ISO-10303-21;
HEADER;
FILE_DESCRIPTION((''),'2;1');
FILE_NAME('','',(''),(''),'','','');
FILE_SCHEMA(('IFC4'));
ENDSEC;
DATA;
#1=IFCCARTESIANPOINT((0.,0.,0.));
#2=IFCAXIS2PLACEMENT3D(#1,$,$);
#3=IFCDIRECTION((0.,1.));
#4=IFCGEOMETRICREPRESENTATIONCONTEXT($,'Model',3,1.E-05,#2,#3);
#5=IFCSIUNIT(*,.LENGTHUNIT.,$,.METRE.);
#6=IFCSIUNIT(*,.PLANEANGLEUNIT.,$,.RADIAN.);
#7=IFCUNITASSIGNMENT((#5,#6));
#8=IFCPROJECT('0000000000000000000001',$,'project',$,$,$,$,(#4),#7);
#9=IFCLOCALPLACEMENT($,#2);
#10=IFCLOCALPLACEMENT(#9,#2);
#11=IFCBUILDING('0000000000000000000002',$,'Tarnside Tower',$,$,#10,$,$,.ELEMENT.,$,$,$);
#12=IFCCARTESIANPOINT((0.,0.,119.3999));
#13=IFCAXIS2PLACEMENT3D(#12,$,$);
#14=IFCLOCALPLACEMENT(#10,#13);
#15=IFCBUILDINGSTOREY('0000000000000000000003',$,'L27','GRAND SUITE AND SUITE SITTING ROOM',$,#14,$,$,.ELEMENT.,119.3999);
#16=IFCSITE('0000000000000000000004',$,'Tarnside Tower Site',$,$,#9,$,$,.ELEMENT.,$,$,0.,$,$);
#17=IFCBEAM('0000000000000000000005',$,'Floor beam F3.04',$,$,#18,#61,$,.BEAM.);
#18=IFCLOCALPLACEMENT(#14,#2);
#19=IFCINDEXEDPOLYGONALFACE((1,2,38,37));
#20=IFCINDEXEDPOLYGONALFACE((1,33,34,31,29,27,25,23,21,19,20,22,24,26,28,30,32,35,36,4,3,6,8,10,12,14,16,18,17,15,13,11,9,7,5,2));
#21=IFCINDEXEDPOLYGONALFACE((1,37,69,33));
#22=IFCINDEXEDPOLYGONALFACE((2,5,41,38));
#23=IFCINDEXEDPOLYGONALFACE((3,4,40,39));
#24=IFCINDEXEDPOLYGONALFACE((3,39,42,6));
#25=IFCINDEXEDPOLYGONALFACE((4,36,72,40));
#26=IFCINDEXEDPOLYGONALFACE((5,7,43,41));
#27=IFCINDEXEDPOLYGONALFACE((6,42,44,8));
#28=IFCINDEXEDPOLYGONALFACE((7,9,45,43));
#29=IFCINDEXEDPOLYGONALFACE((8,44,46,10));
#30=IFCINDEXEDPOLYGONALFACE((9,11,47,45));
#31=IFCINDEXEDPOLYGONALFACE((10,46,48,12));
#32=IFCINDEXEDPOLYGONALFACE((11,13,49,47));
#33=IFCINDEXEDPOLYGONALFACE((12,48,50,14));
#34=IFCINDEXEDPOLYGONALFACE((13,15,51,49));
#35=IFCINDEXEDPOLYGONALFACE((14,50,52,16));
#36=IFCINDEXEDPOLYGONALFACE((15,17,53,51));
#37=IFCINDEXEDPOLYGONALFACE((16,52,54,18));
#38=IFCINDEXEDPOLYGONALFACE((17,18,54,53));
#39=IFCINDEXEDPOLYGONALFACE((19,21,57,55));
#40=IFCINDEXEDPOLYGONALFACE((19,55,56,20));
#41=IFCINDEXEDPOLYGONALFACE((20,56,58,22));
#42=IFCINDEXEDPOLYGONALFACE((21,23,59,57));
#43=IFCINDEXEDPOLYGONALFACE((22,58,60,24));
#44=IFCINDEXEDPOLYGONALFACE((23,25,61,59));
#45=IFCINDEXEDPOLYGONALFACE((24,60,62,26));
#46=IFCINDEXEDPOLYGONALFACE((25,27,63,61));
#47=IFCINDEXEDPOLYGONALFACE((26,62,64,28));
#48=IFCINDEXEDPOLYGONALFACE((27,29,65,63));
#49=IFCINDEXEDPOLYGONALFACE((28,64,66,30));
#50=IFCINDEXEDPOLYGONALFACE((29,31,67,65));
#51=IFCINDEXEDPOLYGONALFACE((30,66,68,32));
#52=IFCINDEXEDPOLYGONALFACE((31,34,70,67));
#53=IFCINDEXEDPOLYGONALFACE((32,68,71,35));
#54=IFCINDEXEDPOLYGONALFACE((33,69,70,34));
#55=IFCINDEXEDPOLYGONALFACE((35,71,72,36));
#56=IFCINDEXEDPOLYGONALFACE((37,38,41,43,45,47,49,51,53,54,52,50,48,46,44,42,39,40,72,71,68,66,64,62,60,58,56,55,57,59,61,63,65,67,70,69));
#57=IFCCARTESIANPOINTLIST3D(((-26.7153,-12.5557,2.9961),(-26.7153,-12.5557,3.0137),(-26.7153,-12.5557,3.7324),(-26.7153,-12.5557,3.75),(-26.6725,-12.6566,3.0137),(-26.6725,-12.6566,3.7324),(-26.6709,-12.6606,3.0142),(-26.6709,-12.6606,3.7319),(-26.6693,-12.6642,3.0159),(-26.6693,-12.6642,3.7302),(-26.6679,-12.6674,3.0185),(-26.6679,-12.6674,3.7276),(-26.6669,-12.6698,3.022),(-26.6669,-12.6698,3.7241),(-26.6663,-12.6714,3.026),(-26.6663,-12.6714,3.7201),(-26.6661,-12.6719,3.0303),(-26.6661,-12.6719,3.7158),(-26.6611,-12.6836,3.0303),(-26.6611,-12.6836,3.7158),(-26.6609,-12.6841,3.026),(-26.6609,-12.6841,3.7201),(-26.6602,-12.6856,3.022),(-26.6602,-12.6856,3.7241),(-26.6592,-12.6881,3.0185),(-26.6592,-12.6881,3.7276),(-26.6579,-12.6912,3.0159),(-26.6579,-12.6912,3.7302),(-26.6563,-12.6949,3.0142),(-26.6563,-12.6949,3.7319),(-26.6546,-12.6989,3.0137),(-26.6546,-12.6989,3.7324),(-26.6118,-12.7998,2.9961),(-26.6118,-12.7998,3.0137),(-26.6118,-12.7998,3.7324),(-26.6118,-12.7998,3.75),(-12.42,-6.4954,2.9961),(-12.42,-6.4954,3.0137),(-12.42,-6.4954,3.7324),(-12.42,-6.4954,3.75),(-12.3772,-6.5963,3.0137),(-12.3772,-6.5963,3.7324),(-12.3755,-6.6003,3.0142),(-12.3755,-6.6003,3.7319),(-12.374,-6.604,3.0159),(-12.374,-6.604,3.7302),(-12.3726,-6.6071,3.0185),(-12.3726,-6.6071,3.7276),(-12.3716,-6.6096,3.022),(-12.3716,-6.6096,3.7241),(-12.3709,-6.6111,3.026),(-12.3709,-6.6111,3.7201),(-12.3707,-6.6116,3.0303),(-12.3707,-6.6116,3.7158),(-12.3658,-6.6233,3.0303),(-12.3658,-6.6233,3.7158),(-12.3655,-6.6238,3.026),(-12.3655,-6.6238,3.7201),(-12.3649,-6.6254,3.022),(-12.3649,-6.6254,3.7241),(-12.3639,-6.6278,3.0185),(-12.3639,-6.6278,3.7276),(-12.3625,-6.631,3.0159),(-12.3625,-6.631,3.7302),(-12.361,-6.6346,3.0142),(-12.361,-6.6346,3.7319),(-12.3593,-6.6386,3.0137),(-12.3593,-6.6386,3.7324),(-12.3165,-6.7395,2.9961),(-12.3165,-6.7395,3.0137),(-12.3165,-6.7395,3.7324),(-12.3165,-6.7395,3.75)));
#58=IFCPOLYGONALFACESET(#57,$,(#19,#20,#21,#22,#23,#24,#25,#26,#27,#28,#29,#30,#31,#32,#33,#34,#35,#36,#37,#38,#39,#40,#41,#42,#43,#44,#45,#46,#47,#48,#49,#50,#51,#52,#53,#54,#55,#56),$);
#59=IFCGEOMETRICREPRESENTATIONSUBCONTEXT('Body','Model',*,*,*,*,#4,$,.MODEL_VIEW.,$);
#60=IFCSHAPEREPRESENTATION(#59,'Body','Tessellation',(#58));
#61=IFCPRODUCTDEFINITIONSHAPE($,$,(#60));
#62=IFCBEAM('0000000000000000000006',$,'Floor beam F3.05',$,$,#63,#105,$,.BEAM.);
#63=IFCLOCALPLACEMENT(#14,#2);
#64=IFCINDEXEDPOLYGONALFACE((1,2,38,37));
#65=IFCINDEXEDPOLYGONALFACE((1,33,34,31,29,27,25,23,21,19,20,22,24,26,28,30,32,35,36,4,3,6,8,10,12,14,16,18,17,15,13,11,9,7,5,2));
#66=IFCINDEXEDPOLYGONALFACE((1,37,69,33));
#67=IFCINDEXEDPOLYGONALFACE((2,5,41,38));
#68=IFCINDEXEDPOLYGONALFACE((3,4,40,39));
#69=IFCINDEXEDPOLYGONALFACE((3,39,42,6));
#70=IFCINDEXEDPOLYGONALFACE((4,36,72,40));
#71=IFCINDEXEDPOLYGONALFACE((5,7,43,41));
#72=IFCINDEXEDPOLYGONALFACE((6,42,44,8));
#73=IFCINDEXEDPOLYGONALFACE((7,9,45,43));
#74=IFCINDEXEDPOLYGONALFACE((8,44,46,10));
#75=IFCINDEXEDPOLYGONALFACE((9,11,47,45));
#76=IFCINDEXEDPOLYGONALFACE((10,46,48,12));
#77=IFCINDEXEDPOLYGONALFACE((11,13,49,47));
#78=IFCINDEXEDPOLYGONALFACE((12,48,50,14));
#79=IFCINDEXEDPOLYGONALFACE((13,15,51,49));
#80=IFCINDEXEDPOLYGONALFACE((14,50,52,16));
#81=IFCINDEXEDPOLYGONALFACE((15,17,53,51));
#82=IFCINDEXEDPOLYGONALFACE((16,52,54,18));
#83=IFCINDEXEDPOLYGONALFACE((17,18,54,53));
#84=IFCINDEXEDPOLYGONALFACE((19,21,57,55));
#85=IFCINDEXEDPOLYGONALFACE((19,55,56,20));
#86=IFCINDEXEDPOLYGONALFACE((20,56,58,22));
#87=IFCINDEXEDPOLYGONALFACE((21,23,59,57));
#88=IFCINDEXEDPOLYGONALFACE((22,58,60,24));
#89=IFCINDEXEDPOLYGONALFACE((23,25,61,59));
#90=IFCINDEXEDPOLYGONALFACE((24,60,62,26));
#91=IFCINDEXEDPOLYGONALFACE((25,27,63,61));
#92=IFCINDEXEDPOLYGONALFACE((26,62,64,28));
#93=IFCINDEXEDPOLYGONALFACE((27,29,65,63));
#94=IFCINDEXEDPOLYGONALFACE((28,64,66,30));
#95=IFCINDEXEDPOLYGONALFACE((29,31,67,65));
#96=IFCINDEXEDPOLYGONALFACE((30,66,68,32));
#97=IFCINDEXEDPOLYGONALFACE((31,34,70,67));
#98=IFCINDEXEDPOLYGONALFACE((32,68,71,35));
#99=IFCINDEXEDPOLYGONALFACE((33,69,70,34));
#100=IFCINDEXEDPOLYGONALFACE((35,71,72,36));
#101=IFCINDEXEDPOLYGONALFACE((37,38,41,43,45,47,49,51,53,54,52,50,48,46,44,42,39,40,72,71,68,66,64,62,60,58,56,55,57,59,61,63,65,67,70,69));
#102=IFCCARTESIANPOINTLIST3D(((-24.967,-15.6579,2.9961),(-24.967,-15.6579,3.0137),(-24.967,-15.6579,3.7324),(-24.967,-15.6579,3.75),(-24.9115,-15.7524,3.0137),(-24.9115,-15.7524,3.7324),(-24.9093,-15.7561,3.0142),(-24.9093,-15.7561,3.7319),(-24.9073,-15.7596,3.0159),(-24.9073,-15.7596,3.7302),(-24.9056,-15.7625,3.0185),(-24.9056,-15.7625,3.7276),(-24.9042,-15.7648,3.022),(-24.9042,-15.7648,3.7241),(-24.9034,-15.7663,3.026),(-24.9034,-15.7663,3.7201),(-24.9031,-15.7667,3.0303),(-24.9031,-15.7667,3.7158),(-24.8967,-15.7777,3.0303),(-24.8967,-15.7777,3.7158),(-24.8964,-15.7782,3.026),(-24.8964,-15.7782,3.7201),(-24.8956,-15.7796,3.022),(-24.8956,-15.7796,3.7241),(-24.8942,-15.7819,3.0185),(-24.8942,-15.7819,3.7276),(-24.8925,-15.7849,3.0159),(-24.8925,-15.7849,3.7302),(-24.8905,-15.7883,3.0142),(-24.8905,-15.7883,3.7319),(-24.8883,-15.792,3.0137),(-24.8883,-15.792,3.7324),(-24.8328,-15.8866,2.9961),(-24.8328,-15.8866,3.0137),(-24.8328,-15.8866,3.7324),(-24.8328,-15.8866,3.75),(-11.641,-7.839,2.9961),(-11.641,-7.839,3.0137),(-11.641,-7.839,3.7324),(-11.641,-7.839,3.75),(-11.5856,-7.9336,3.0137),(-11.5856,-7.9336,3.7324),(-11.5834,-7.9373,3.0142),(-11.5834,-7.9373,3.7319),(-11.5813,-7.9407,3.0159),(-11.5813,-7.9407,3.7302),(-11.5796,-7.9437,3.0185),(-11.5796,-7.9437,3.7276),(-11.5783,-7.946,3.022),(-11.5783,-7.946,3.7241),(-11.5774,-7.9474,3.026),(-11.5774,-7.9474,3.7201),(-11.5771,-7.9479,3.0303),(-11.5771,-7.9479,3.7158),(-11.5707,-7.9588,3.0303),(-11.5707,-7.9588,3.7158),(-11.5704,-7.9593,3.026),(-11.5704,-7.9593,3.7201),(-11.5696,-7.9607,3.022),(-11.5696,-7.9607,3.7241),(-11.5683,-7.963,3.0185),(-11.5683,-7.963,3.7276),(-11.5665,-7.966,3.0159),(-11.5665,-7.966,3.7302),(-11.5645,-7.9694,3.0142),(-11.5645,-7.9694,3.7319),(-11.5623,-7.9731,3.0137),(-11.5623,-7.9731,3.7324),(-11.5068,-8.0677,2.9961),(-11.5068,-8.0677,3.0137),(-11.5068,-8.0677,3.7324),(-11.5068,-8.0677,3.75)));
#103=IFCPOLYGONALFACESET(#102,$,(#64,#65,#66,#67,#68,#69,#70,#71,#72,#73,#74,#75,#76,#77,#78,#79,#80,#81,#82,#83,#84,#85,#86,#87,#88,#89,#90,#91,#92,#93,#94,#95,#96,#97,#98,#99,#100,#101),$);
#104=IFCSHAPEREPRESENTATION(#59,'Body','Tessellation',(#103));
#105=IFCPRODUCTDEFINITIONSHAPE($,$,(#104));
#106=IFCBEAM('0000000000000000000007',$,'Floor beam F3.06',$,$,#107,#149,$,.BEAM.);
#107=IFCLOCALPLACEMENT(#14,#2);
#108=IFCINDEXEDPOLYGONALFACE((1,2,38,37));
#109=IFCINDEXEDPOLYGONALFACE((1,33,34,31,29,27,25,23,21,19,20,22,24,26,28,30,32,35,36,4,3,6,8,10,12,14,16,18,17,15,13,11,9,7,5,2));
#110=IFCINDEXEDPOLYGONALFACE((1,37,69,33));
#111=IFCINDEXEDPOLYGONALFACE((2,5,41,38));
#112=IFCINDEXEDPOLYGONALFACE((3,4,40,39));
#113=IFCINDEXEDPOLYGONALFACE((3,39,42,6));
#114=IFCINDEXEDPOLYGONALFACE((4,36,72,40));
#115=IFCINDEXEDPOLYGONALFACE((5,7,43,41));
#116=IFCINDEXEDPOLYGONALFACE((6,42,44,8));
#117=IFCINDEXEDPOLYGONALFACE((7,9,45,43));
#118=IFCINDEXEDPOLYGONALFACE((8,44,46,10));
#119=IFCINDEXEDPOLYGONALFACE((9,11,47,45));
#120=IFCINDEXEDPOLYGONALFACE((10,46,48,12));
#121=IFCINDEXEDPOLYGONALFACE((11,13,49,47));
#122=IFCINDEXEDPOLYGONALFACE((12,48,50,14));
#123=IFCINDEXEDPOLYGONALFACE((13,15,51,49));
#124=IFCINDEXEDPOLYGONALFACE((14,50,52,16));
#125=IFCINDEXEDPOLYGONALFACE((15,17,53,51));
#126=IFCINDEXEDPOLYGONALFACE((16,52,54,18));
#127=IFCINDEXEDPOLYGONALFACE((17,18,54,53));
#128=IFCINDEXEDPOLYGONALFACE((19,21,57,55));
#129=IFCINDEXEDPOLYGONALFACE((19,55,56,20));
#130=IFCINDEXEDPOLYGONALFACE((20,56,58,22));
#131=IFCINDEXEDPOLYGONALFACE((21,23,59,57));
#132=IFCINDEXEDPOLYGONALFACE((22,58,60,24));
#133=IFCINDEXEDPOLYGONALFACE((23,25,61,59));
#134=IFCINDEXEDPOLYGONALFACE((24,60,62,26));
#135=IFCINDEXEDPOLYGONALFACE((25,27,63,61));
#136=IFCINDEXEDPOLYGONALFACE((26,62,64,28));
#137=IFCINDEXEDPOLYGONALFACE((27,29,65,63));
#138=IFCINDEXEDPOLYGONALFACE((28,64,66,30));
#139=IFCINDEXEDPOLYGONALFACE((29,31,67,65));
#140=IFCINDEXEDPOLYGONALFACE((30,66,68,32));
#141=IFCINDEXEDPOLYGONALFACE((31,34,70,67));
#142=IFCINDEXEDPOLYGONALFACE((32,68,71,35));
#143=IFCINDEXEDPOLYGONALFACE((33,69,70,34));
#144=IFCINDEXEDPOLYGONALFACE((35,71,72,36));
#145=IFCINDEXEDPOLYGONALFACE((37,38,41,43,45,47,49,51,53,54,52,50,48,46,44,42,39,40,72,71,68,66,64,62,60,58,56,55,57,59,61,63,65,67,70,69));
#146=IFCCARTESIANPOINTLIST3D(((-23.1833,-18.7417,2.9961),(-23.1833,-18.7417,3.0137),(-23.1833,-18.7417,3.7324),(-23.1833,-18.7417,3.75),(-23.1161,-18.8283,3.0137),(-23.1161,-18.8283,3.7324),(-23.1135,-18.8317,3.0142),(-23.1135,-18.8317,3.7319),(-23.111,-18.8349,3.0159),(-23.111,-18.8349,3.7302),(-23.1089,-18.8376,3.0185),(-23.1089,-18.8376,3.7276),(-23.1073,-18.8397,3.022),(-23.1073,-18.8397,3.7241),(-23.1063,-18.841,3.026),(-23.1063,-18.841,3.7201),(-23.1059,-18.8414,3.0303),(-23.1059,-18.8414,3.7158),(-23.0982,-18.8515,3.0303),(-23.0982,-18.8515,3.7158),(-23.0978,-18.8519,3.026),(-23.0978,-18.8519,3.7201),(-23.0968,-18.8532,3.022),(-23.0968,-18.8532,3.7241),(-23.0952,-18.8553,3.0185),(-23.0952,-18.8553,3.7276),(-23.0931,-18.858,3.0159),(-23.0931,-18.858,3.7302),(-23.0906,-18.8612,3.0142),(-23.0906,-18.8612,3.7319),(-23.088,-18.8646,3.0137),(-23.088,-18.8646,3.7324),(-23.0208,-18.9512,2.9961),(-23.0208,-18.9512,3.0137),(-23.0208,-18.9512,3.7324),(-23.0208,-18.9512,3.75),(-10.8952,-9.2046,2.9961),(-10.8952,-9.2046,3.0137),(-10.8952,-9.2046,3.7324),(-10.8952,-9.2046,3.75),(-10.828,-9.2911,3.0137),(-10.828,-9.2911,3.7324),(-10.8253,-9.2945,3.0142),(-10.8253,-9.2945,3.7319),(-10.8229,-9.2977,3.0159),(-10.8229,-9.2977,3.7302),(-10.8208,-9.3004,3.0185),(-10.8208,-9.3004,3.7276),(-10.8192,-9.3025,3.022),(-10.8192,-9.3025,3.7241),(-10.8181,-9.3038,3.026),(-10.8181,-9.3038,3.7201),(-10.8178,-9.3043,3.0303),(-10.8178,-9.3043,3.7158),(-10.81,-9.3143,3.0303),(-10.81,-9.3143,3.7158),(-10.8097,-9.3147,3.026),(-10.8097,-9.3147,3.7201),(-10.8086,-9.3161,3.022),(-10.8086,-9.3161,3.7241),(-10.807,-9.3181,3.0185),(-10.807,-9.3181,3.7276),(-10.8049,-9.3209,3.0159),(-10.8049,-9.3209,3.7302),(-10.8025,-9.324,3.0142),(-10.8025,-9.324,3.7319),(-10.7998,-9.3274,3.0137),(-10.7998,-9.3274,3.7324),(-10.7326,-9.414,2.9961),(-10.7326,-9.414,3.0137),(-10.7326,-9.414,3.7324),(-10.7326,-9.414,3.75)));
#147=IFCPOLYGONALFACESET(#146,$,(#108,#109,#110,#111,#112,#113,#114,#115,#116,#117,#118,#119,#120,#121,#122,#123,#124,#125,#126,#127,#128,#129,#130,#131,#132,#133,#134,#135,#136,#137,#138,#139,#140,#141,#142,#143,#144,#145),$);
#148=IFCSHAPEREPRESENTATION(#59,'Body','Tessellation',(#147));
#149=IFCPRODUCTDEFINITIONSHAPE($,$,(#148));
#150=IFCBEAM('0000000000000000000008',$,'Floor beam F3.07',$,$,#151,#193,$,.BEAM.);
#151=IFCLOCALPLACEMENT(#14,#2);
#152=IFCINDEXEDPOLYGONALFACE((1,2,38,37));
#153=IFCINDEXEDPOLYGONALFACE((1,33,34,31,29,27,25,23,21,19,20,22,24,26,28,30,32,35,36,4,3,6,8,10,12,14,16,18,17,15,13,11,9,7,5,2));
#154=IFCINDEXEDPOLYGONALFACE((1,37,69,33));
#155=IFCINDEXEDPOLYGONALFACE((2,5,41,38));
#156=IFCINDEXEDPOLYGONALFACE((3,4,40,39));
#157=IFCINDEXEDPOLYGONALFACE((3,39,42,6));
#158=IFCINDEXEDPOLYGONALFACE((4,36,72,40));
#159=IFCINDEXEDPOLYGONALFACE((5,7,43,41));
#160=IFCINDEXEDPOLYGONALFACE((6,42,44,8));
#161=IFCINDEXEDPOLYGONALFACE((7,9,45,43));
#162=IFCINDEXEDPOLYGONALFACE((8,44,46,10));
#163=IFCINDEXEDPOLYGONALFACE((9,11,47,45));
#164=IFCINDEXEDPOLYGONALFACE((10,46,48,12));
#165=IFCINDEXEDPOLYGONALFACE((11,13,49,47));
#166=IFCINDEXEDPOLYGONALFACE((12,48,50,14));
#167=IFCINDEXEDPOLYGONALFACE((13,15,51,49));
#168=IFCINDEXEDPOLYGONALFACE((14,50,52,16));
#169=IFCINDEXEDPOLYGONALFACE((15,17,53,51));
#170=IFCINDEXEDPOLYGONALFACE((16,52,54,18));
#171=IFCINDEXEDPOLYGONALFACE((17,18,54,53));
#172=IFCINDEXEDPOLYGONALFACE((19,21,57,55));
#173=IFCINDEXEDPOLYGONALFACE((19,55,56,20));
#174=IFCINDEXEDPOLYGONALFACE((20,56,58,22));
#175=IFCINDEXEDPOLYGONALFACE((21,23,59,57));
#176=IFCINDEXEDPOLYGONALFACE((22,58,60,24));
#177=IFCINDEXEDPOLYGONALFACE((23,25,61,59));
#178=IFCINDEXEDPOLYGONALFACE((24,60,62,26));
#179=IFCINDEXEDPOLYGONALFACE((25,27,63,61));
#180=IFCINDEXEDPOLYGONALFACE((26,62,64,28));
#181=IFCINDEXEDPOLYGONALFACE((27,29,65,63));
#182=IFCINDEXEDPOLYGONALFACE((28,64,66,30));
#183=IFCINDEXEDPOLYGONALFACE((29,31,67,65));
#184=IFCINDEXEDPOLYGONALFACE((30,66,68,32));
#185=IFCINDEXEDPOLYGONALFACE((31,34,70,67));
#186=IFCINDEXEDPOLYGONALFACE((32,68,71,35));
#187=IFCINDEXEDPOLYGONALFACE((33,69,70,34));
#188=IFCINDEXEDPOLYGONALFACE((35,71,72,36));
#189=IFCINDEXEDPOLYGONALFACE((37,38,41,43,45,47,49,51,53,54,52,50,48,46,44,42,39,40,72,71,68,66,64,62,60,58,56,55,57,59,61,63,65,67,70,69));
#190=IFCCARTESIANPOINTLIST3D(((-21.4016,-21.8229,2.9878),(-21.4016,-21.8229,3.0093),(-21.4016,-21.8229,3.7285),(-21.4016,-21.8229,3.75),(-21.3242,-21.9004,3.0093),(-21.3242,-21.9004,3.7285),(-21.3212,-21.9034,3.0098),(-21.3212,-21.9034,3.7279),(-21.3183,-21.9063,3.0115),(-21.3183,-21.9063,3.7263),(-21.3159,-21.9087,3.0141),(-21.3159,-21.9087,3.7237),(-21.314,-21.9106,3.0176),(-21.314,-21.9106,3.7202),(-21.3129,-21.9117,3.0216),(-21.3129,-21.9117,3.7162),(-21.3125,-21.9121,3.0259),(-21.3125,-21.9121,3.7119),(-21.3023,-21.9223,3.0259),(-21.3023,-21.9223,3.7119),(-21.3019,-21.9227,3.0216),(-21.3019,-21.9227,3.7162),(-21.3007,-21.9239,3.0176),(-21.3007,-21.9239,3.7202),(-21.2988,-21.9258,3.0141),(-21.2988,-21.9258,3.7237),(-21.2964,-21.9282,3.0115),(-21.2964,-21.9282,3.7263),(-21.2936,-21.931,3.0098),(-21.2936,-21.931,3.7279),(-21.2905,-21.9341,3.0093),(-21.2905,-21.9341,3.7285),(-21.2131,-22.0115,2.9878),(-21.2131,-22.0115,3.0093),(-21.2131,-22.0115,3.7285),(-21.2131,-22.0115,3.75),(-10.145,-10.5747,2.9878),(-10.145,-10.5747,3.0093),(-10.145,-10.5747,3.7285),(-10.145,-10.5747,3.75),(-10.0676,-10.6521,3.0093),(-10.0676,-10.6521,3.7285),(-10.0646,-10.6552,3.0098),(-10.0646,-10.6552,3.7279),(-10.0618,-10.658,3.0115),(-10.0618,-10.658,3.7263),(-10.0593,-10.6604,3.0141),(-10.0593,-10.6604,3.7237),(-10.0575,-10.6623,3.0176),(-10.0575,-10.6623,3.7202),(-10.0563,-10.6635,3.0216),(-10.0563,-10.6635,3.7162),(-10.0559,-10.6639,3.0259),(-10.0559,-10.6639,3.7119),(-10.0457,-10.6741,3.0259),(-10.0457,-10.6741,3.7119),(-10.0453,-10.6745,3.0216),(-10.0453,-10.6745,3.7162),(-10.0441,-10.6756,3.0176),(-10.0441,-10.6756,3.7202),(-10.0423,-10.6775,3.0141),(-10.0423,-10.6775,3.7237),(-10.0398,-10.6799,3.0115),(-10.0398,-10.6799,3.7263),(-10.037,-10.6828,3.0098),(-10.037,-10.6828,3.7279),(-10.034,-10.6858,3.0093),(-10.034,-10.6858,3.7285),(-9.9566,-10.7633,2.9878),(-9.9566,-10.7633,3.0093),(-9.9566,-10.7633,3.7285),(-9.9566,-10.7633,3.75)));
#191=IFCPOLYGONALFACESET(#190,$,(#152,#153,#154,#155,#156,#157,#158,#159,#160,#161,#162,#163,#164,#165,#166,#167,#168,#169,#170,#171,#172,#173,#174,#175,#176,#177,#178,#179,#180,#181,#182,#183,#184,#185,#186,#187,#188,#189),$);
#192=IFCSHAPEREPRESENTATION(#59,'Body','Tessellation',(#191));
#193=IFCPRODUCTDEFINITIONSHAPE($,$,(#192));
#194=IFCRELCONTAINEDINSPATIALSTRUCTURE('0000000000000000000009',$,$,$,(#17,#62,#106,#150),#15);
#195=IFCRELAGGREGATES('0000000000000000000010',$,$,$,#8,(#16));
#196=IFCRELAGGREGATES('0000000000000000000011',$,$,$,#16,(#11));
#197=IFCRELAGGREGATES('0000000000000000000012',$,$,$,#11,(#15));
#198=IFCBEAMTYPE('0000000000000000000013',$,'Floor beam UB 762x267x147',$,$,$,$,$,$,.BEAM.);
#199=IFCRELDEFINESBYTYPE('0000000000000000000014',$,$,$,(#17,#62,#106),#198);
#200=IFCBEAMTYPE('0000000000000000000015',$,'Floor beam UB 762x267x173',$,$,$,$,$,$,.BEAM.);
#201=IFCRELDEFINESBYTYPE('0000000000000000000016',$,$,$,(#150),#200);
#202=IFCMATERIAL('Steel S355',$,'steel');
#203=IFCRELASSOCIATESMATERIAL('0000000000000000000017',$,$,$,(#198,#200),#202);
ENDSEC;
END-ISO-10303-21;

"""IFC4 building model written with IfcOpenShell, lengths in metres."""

from ifc_helpers import new_model, si_unit, direction, frame, origin, origin_2d, place, context, subcontext, project, spatial, i_section, extrude, material, material_profile, profile_set, type_object, element, save


model = new_model("IFC4")

# Units and contexts
model_context = context("Model", 3, precision=1e-05, world=origin(), true_north=direction((0.0, 1.0)))
body_context = subcontext(model_context, "Body", "Model", "MODEL_VIEW")
ifc_project = project(units=[si_unit("LENGTHUNIT", "METRE"), si_unit("PLANEANGLEUNIT", "RADIAN")], contexts=[model_context])

# Site, building, storey
site_placement = place(None, origin())
site = spatial("IfcSite", under=ifc_project, at=site_placement, Name="Tarnside Tower Site", CompositionType="ELEMENT", RefElevation=0.0)
building_placement = place(site_placement, origin())
building = spatial("IfcBuilding", under=site, at=building_placement, Name="Tarnside Tower", CompositionType="ELEMENT")
storey_placement = place(building_placement, frame((0.0, 0.0, 119.3999)))
storey = spatial("IfcBuildingStorey", under=building, at=storey_placement, Name="L27", Description="GRAND SUITE AND SUITE SITTING ROOM", CompositionType="ELEMENT", Elevation=119.3999)

# Beams
ifc_material_1 = material(Name="Steel S355", Category="steel")
ifc_material_profile_1 = material_profile(ifc_material_1, i_section(OverallWidth=0.2651, OverallDepth=0.7539, WebThickness=0.0127, FlangeThickness=0.0176, FilletRadius=0.0166, at=origin_2d()), Name="UB 762x267x147")
ifc_profile_set_1 = profile_set([ifc_material_profile_1], Name="Steel S355")
beam_type_1 = type_object("IfcBeamType", Name="Floor beam UB 762x267x147", PredefinedType="BEAM", material=ifc_profile_set_1)
beam_1_placement = place(storey_placement, frame((-26.6636, -12.6777, 3.373), z_axis=(0.920684, 0.390309, 0.0), x_axis=(-0.390309, 0.920684, 0.0)))
element("IfcBeam", 1, at=beam_1_placement, inside=storey, type_object=beam_type_1, Name="Floor beam F3.04", PredefinedType="BEAM", context=body_context, shape_type="SweptSolid", body=[
    extrude(i_section(OverallWidth=0.2651, OverallDepth=0.7539, WebThickness=0.0127, FlangeThickness=0.0176, FilletRadius=0.0166, at=origin_2d()), origin(), (0.0, 0.0, 1.0), 15.5269),
])
beam_2_placement = place(storey_placement, frame((-24.8999, -15.7722, 3.373), z_axis=(0.862498, 0.506061, 0.0), x_axis=(-0.506061, 0.862498, 0.0)))
element("IfcBeam", 2, at=beam_2_placement, inside=storey, type_object=beam_type_1, Name="Floor beam F3.05", PredefinedType="BEAM", context=body_context, shape_type="SweptSolid", body=[
    extrude(i_section(OverallWidth=0.2651, OverallDepth=0.7539, WebThickness=0.0127, FlangeThickness=0.0176, FilletRadius=0.0166, at=origin_2d()), origin(), (0.0, 0.0, 1.0), 15.4504),
])
beam_3_placement = place(storey_placement, frame((-23.1021, -18.8464, 3.373), z_axis=(0.789984, 0.613128, 0.0), x_axis=(-0.613128, 0.789984, 0.0)))
element("IfcBeam", 3, at=beam_3_placement, inside=storey, type_object=beam_type_1, Name="Floor beam F3.06", PredefinedType="BEAM", context=body_context, shape_type="SweptSolid", body=[
    extrude(i_section(OverallWidth=0.2651, OverallDepth=0.7539, WebThickness=0.0127, FlangeThickness=0.0176, FilletRadius=0.0166, at=origin_2d()), origin(), (0.0, 0.0, 1.0), 15.5549),
])
ifc_material_profile_2 = material_profile(ifc_material_1, i_section(OverallWidth=0.2666, OverallDepth=0.7622, WebThickness=0.0144, FlangeThickness=0.0215, FilletRadius=0.0166, at=origin_2d()), Name="UB 762x267x173")
ifc_profile_set_2 = profile_set([ifc_material_profile_2], Name="Steel S355")
beam_type_2 = type_object("IfcBeamType", Name="Floor beam UB 762x267x173", PredefinedType="BEAM", material=ifc_profile_set_2)
beam_4_placement = place(storey_placement, frame((-21.3074, -21.9172, 3.3689), z_axis=(0.707368, 0.706846, 0.0), x_axis=(-0.706846, 0.707368, 0.0)))
element("IfcBeam", 4, at=beam_4_placement, inside=storey, type_object=beam_type_2, Name="Floor beam F3.07", PredefinedType="BEAM", context=body_context, shape_type="SweptSolid", body=[
    extrude(i_section(OverallWidth=0.2666, OverallDepth=0.7622, WebThickness=0.0144, FlangeThickness=0.0215, FilletRadius=0.0166, at=origin_2d()), origin(), (0.0, 0.0, 1.0), 15.9133),
])

save(model, "model.ifc")
